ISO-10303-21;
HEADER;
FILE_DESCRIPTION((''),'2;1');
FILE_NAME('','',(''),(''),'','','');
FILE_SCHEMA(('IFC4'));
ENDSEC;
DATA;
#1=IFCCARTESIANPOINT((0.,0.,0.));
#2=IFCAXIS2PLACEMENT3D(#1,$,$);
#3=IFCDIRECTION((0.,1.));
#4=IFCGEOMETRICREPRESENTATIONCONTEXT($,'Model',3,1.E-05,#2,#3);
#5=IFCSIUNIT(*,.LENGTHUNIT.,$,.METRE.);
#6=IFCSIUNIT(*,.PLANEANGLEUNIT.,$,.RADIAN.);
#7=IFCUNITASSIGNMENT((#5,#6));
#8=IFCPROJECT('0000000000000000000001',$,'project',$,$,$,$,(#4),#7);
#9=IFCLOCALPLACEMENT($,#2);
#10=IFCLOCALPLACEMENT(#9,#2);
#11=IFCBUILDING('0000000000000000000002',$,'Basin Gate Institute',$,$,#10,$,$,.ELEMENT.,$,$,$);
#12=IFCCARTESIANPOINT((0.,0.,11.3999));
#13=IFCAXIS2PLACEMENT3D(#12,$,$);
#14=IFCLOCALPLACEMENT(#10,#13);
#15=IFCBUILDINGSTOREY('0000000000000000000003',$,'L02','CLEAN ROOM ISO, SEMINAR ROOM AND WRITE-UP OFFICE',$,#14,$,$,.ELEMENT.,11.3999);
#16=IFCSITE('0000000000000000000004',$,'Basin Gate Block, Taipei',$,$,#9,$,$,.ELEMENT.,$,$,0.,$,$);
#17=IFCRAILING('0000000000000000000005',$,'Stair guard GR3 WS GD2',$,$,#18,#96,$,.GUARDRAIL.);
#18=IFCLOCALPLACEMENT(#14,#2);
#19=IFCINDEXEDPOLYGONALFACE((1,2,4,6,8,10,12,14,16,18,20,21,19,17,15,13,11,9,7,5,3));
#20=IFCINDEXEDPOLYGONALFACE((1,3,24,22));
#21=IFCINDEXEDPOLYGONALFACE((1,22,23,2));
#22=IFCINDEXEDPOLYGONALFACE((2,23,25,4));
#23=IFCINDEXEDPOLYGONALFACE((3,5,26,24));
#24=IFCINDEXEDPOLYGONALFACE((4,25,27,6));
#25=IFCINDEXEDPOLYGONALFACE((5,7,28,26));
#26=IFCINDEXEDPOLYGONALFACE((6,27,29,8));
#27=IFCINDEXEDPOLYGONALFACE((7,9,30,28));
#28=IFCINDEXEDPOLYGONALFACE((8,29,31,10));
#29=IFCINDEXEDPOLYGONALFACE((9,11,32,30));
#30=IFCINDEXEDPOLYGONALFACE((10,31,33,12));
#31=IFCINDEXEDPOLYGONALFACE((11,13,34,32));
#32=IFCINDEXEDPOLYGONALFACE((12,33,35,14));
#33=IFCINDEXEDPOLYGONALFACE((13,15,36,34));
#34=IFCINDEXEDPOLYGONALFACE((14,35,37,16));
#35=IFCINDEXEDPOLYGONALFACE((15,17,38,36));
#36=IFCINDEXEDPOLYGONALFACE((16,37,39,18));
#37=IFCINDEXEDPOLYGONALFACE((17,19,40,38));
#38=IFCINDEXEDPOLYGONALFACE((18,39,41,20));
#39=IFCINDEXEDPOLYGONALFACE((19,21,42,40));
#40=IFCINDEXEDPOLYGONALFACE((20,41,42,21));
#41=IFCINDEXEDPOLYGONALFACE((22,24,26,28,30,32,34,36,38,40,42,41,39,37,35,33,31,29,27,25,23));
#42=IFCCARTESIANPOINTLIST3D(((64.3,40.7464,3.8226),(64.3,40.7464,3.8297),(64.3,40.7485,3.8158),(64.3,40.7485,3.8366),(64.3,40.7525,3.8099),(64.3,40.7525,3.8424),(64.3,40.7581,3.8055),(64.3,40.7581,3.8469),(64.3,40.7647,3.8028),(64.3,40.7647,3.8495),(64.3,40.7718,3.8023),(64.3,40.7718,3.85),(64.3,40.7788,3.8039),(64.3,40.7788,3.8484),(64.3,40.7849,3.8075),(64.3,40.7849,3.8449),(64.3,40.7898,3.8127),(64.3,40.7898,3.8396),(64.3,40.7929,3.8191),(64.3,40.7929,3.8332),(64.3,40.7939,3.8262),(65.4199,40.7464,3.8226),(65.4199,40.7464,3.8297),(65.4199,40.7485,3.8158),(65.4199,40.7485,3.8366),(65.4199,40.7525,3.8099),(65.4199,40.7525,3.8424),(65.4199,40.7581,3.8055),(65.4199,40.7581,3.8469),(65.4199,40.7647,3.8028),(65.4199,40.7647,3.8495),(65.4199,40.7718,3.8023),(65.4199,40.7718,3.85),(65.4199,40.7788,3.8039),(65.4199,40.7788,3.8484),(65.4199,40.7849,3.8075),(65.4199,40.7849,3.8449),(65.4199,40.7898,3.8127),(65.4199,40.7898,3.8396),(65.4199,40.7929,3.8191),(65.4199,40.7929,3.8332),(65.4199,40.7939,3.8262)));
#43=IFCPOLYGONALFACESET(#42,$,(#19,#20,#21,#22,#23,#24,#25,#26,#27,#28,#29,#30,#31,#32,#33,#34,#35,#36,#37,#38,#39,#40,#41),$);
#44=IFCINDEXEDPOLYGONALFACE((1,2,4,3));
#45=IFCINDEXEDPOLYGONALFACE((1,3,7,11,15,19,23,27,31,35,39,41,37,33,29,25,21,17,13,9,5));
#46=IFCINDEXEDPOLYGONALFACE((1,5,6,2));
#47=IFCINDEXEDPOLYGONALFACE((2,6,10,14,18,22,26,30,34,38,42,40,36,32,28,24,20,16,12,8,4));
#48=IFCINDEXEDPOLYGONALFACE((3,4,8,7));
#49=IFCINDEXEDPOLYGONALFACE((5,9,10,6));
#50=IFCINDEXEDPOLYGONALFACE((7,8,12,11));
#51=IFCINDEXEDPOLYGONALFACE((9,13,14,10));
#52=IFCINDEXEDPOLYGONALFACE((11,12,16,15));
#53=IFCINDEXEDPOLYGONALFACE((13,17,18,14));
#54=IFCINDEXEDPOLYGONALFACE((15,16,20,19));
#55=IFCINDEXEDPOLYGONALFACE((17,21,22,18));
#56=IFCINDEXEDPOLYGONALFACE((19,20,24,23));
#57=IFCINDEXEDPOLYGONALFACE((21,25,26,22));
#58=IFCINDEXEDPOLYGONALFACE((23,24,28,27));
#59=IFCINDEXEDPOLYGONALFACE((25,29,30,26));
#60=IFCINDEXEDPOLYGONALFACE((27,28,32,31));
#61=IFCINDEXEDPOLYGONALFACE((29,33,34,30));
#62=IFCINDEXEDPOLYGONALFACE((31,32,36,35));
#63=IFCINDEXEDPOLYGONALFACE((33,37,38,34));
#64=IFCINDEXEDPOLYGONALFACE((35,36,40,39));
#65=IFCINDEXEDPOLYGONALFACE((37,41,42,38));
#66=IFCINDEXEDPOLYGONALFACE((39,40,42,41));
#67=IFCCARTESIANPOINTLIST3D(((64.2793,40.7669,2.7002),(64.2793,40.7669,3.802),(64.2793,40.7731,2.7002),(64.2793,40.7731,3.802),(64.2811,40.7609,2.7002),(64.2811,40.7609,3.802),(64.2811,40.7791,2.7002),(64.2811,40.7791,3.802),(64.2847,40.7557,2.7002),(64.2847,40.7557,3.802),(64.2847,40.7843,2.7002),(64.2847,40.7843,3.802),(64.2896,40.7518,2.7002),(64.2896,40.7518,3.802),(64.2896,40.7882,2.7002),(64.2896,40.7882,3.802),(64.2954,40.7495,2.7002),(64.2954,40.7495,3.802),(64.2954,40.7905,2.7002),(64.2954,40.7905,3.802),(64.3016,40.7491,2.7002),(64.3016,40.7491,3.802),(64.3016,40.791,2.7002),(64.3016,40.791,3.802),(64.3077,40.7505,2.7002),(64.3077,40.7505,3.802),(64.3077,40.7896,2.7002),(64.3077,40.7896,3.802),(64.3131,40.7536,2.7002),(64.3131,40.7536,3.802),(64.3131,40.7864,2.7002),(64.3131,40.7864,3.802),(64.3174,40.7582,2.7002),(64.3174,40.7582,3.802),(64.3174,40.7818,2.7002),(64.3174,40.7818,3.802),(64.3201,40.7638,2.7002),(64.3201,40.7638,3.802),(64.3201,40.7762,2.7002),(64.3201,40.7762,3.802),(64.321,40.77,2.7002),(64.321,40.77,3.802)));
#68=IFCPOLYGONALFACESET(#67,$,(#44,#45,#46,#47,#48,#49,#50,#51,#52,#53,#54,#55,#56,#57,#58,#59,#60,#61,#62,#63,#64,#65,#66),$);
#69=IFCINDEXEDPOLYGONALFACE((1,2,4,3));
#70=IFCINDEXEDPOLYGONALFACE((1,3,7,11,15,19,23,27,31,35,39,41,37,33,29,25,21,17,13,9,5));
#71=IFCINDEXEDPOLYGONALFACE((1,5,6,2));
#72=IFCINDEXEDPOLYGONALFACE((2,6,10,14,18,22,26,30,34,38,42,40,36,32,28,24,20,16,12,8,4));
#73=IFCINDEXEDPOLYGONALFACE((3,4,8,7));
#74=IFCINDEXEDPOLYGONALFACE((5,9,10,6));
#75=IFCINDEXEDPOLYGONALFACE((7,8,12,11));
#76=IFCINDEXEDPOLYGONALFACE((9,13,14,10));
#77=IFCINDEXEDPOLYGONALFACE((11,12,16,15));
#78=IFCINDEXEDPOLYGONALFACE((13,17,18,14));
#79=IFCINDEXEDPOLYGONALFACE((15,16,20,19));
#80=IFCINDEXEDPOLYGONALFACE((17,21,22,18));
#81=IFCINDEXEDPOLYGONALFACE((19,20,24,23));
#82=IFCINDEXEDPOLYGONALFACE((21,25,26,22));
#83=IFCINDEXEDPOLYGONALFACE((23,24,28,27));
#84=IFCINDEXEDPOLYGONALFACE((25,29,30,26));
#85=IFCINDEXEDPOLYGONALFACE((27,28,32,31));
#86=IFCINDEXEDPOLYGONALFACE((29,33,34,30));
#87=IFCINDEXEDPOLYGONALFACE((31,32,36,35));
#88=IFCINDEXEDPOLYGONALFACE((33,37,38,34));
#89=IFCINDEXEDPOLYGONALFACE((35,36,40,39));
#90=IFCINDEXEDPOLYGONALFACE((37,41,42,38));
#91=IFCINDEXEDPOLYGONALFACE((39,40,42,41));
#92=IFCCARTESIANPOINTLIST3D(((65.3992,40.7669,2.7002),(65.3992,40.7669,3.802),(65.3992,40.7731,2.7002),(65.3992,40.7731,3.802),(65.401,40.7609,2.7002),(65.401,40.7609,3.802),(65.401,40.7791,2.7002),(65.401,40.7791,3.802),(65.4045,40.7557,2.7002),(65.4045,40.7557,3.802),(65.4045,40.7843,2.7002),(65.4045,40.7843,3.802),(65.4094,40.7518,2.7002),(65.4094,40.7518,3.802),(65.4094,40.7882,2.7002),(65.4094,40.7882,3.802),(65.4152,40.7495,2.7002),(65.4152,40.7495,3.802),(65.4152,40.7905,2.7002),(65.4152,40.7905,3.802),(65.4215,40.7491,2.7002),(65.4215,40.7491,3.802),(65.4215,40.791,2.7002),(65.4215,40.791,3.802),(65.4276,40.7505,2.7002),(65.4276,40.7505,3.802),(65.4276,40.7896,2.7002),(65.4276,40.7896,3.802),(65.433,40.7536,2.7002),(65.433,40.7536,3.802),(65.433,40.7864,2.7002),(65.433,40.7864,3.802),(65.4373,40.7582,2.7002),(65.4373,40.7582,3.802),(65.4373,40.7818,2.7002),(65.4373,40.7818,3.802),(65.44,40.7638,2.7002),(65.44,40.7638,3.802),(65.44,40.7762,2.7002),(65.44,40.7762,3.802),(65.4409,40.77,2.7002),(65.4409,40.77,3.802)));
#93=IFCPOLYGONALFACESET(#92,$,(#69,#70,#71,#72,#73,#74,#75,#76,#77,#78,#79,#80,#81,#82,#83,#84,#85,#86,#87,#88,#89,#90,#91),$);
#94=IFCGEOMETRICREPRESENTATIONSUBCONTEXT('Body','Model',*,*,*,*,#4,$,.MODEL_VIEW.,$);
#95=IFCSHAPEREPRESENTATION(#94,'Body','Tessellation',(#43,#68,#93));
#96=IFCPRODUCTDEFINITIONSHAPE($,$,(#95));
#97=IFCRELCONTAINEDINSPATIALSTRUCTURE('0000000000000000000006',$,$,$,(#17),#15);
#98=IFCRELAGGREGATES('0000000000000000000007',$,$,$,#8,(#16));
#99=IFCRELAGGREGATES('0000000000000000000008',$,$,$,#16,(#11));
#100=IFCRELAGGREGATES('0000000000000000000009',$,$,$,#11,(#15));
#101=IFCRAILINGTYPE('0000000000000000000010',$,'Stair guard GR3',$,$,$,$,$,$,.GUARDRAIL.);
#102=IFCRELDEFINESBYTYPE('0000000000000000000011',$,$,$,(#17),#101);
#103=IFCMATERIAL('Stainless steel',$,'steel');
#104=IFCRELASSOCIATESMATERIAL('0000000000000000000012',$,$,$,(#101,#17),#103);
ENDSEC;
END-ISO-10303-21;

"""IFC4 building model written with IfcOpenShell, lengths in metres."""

from ifc_helpers import new_model, si_unit, direction, frame, origin, origin_2d, place, context, subcontext, project, spatial, circle, extrude, material, type_object, element, save


model = new_model("IFC4")

# Units and contexts
model_context = context("Model", 3, precision=1e-05, world=origin(), true_north=direction((0.0, 1.0)))
body_context = subcontext(model_context, "Body", "Model", "MODEL_VIEW")
ifc_project = project(units=[si_unit("LENGTHUNIT", "METRE"), si_unit("PLANEANGLEUNIT", "RADIAN")], contexts=[model_context])

# Site, building, storey
site_placement = place(None, origin())
site = spatial("IfcSite", under=ifc_project, at=site_placement, Name="Basin Gate Block, Taipei", CompositionType="ELEMENT", RefElevation=0.0)
building_placement = place(site_placement, origin())
building = spatial("IfcBuilding", under=site, at=building_placement, Name="Basin Gate Institute", CompositionType="ELEMENT")
storey_placement = place(building_placement, frame((0.0, 0.0, 11.3999)))
storey = spatial("IfcBuildingStorey", under=building, at=storey_placement, Name="L02", Description="CLEAN ROOM ISO, SEMINAR ROOM AND WRITE-UP OFFICE", CompositionType="ELEMENT", Elevation=11.3999)

# Railing
ifc_material_1 = material(Name="Stainless steel", Category="steel")
railing_type_1 = type_object("IfcRailingType", Name="Stair guard GR3", PredefinedType="GUARDRAIL", material=ifc_material_1)
railing_1_placement = place(storey_placement, frame((64.3, 40.77, 2.7002)))
element("IfcRailing", 1, at=railing_1_placement, inside=storey, type_object=railing_type_1, material=ifc_material_1, Name="Stair guard GR3 WS GD2", PredefinedType="GUARDRAIL", context=body_context, shape_type="SweptSolid", body=[
    extrude(circle(Radius=0.0239, at=origin_2d()), frame((0.0, 0.0, 1.126), z_axis=(1.0, 0.0, 0.0), x_axis=(0.0, 1.0, 0.0)), (0.0, 0.0, 1.0), 1.1199),
    extrude(circle(Radius=0.021, at=origin_2d()), origin(), (0.0, 0.0, 1.0), 1.1018),
    extrude(circle(Radius=0.021, at=origin_2d()), frame((1.1199, 0.0, 0.0)), (0.0, 0.0, 1.0), 1.1018),
])

save(model, "model.ifc")
